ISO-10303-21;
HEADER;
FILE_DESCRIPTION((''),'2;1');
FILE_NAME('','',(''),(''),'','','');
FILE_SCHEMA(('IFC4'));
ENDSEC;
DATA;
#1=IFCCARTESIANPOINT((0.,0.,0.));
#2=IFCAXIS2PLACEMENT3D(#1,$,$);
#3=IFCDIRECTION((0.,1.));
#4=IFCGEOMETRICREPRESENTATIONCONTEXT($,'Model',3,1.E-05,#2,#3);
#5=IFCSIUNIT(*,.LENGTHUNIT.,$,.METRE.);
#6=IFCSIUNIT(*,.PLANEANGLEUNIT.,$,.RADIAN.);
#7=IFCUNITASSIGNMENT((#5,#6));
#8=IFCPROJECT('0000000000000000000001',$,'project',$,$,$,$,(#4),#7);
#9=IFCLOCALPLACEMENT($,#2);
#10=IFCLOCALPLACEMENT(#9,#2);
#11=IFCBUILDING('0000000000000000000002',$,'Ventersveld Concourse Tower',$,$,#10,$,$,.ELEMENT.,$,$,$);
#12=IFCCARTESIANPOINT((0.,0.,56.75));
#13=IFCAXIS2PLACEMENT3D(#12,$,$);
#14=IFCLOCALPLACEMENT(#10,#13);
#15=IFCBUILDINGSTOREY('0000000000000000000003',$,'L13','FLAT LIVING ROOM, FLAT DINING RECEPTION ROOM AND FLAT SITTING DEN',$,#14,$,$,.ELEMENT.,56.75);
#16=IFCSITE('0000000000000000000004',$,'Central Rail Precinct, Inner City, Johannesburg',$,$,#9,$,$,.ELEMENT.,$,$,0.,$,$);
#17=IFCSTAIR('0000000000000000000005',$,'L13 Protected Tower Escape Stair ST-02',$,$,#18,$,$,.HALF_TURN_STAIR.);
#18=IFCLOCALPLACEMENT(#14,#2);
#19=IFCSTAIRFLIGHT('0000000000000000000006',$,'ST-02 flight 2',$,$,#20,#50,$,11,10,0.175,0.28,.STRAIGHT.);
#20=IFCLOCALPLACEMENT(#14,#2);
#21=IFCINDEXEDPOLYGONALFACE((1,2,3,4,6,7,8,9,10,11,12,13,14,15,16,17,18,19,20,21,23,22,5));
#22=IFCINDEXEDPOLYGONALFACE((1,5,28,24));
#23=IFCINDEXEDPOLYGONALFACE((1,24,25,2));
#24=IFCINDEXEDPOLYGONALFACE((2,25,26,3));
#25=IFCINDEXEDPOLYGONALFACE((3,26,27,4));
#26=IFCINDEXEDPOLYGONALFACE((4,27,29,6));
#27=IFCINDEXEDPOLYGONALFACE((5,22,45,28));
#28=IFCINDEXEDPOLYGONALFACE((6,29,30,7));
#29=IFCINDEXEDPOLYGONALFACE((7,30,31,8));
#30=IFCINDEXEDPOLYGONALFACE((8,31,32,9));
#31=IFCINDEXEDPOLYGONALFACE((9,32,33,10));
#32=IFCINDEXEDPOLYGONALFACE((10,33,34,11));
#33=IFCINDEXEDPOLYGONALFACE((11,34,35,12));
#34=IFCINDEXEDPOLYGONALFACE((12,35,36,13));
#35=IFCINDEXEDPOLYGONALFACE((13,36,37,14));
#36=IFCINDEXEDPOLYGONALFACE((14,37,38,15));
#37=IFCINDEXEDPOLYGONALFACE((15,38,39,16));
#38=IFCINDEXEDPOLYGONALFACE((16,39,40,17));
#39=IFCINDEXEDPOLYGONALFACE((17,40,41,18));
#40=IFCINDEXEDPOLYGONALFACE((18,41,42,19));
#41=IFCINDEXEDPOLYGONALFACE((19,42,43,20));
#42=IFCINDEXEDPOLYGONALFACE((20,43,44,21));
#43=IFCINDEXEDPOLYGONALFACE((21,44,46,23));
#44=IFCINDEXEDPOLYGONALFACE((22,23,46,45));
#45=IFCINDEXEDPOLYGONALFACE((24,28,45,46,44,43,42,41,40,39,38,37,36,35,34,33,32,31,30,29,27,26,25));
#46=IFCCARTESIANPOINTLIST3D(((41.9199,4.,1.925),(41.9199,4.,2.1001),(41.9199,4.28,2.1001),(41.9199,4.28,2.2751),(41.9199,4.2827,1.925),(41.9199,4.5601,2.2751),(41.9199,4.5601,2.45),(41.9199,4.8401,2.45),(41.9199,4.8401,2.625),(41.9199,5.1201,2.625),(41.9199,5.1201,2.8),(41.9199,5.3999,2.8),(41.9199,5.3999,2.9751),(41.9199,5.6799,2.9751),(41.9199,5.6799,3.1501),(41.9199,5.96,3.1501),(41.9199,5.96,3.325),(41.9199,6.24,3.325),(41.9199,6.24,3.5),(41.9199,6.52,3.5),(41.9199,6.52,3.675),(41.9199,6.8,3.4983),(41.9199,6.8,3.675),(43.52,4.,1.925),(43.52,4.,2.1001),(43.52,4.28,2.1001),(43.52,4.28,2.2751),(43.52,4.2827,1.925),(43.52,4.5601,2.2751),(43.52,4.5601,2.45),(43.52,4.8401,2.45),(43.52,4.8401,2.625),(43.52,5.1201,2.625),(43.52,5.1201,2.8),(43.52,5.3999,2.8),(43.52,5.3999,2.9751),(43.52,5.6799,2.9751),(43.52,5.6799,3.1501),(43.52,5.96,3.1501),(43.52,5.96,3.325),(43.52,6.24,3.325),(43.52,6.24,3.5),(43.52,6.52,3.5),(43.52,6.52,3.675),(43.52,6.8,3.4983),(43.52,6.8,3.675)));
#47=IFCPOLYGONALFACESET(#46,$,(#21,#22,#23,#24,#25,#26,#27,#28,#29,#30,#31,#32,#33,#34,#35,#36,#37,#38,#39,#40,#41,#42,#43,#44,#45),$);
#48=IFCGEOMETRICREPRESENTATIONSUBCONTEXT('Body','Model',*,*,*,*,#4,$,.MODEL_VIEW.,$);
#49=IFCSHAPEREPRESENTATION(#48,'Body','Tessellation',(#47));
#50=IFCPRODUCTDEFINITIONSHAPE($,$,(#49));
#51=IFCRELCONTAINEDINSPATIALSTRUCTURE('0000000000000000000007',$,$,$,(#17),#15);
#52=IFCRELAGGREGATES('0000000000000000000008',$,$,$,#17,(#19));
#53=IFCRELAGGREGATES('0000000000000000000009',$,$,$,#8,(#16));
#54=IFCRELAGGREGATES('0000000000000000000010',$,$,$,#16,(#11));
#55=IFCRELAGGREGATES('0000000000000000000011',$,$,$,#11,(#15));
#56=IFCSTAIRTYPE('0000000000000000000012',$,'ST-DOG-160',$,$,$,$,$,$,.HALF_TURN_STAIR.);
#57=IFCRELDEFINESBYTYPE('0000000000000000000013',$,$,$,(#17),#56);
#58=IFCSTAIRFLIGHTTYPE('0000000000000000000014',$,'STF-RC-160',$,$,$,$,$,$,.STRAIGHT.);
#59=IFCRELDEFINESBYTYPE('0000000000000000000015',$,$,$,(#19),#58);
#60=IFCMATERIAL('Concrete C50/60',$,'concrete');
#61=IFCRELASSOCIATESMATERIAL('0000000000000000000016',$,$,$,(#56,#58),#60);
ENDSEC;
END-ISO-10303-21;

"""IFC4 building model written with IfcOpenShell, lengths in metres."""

from ifc_helpers import new_model, si_unit, direction, frame, origin, place, context, subcontext, project, spatial, polyline, outline, extrude, material, type_object, element, aggregate, save


model = new_model("IFC4")

# Units and contexts
model_context = context("Model", 3, precision=1e-05, world=origin(), true_north=direction((0.0, 1.0)))
body_context = subcontext(model_context, "Body", "Model", "MODEL_VIEW")
ifc_project = project(units=[si_unit("LENGTHUNIT", "METRE"), si_unit("PLANEANGLEUNIT", "RADIAN")], contexts=[model_context])

# Site, building, storey
site_placement = place(None, origin())
site = spatial("IfcSite", under=ifc_project, at=site_placement, Name="Central Rail Precinct, Inner City, Johannesburg", CompositionType="ELEMENT", RefElevation=0.0)
building_placement = place(site_placement, origin())
building = spatial("IfcBuilding", under=site, at=building_placement, Name="Ventersveld Concourse Tower", CompositionType="ELEMENT")
storey_placement = place(building_placement, frame((0.0, 0.0, 56.75)))
storey = spatial("IfcBuildingStorey", under=building, at=storey_placement, Name="L13", Description="FLAT LIVING ROOM, FLAT DINING RECEPTION ROOM AND FLAT SITTING DEN", CompositionType="ELEMENT", Elevation=56.75)

# Stair, stair flight
ifc_material_1 = material(Name="Concrete C50/60", Category="concrete")
stair_type = type_object("IfcStairType", Name="ST-DOG-160", PredefinedType="HALF_TURN_STAIR", material=ifc_material_1)
stair_placement = place(storey_placement, origin())
stair = element("IfcStair", 1, at=stair_placement, inside=storey, type_object=stair_type, Name="L13 Protected Tower Escape Stair ST-02", PredefinedType="HALF_TURN_STAIR")
stair_flight_type = type_object("IfcStairFlightType", Name="STF-RC-160", PredefinedType="STRAIGHT", material=ifc_material_1)
stair_flight_1_placement = place(storey_placement, frame((42.72, 4.0, 1.925), z_axis=(0.0, 0.0, 1.0), x_axis=(0.0, 1.0, 0.0)))
stair_flight_1 = element("IfcStairFlight", 2, at=stair_flight_1_placement, type_object=stair_flight_type, Name="ST-02 flight 2", NumberOfRisers=11, NumberOfTreads=10, PredefinedType="STRAIGHT", RiserHeight=0.175, TreadLength=0.28, context=body_context, shape_type="SweptSolid", body=[
    extrude(outline(polyline([(0.0, 0.0), (0.0, 0.175), (0.28, 0.175), (0.28, 0.3501), (0.5601, 0.3501), (0.5601, 0.5249), (0.8401, 0.5249), (0.8401, 0.7), (1.1201, 0.7), (1.1201, 0.875), (1.3999, 0.875), (1.3999, 1.05), (1.6799, 1.05), (1.6799, 1.2251), (1.96, 1.2251), (1.96, 1.3999), (2.24, 1.3999), (2.24, 1.575), (2.52, 1.575), (2.52, 1.75), (2.8, 1.75), (2.8, 1.925), (2.8, 1.5732), (0.2827, 0.0), (0.0, 0.0)])), frame((0.0, 0.8, 0.0), z_axis=(0.0, -1.0, 0.0), x_axis=(1.0, 0.0, 0.0)), (0.0, 0.0, 1.0), 1.6001),
])
aggregate(stair, [stair_flight_1])

save(model, "model.ifc")
